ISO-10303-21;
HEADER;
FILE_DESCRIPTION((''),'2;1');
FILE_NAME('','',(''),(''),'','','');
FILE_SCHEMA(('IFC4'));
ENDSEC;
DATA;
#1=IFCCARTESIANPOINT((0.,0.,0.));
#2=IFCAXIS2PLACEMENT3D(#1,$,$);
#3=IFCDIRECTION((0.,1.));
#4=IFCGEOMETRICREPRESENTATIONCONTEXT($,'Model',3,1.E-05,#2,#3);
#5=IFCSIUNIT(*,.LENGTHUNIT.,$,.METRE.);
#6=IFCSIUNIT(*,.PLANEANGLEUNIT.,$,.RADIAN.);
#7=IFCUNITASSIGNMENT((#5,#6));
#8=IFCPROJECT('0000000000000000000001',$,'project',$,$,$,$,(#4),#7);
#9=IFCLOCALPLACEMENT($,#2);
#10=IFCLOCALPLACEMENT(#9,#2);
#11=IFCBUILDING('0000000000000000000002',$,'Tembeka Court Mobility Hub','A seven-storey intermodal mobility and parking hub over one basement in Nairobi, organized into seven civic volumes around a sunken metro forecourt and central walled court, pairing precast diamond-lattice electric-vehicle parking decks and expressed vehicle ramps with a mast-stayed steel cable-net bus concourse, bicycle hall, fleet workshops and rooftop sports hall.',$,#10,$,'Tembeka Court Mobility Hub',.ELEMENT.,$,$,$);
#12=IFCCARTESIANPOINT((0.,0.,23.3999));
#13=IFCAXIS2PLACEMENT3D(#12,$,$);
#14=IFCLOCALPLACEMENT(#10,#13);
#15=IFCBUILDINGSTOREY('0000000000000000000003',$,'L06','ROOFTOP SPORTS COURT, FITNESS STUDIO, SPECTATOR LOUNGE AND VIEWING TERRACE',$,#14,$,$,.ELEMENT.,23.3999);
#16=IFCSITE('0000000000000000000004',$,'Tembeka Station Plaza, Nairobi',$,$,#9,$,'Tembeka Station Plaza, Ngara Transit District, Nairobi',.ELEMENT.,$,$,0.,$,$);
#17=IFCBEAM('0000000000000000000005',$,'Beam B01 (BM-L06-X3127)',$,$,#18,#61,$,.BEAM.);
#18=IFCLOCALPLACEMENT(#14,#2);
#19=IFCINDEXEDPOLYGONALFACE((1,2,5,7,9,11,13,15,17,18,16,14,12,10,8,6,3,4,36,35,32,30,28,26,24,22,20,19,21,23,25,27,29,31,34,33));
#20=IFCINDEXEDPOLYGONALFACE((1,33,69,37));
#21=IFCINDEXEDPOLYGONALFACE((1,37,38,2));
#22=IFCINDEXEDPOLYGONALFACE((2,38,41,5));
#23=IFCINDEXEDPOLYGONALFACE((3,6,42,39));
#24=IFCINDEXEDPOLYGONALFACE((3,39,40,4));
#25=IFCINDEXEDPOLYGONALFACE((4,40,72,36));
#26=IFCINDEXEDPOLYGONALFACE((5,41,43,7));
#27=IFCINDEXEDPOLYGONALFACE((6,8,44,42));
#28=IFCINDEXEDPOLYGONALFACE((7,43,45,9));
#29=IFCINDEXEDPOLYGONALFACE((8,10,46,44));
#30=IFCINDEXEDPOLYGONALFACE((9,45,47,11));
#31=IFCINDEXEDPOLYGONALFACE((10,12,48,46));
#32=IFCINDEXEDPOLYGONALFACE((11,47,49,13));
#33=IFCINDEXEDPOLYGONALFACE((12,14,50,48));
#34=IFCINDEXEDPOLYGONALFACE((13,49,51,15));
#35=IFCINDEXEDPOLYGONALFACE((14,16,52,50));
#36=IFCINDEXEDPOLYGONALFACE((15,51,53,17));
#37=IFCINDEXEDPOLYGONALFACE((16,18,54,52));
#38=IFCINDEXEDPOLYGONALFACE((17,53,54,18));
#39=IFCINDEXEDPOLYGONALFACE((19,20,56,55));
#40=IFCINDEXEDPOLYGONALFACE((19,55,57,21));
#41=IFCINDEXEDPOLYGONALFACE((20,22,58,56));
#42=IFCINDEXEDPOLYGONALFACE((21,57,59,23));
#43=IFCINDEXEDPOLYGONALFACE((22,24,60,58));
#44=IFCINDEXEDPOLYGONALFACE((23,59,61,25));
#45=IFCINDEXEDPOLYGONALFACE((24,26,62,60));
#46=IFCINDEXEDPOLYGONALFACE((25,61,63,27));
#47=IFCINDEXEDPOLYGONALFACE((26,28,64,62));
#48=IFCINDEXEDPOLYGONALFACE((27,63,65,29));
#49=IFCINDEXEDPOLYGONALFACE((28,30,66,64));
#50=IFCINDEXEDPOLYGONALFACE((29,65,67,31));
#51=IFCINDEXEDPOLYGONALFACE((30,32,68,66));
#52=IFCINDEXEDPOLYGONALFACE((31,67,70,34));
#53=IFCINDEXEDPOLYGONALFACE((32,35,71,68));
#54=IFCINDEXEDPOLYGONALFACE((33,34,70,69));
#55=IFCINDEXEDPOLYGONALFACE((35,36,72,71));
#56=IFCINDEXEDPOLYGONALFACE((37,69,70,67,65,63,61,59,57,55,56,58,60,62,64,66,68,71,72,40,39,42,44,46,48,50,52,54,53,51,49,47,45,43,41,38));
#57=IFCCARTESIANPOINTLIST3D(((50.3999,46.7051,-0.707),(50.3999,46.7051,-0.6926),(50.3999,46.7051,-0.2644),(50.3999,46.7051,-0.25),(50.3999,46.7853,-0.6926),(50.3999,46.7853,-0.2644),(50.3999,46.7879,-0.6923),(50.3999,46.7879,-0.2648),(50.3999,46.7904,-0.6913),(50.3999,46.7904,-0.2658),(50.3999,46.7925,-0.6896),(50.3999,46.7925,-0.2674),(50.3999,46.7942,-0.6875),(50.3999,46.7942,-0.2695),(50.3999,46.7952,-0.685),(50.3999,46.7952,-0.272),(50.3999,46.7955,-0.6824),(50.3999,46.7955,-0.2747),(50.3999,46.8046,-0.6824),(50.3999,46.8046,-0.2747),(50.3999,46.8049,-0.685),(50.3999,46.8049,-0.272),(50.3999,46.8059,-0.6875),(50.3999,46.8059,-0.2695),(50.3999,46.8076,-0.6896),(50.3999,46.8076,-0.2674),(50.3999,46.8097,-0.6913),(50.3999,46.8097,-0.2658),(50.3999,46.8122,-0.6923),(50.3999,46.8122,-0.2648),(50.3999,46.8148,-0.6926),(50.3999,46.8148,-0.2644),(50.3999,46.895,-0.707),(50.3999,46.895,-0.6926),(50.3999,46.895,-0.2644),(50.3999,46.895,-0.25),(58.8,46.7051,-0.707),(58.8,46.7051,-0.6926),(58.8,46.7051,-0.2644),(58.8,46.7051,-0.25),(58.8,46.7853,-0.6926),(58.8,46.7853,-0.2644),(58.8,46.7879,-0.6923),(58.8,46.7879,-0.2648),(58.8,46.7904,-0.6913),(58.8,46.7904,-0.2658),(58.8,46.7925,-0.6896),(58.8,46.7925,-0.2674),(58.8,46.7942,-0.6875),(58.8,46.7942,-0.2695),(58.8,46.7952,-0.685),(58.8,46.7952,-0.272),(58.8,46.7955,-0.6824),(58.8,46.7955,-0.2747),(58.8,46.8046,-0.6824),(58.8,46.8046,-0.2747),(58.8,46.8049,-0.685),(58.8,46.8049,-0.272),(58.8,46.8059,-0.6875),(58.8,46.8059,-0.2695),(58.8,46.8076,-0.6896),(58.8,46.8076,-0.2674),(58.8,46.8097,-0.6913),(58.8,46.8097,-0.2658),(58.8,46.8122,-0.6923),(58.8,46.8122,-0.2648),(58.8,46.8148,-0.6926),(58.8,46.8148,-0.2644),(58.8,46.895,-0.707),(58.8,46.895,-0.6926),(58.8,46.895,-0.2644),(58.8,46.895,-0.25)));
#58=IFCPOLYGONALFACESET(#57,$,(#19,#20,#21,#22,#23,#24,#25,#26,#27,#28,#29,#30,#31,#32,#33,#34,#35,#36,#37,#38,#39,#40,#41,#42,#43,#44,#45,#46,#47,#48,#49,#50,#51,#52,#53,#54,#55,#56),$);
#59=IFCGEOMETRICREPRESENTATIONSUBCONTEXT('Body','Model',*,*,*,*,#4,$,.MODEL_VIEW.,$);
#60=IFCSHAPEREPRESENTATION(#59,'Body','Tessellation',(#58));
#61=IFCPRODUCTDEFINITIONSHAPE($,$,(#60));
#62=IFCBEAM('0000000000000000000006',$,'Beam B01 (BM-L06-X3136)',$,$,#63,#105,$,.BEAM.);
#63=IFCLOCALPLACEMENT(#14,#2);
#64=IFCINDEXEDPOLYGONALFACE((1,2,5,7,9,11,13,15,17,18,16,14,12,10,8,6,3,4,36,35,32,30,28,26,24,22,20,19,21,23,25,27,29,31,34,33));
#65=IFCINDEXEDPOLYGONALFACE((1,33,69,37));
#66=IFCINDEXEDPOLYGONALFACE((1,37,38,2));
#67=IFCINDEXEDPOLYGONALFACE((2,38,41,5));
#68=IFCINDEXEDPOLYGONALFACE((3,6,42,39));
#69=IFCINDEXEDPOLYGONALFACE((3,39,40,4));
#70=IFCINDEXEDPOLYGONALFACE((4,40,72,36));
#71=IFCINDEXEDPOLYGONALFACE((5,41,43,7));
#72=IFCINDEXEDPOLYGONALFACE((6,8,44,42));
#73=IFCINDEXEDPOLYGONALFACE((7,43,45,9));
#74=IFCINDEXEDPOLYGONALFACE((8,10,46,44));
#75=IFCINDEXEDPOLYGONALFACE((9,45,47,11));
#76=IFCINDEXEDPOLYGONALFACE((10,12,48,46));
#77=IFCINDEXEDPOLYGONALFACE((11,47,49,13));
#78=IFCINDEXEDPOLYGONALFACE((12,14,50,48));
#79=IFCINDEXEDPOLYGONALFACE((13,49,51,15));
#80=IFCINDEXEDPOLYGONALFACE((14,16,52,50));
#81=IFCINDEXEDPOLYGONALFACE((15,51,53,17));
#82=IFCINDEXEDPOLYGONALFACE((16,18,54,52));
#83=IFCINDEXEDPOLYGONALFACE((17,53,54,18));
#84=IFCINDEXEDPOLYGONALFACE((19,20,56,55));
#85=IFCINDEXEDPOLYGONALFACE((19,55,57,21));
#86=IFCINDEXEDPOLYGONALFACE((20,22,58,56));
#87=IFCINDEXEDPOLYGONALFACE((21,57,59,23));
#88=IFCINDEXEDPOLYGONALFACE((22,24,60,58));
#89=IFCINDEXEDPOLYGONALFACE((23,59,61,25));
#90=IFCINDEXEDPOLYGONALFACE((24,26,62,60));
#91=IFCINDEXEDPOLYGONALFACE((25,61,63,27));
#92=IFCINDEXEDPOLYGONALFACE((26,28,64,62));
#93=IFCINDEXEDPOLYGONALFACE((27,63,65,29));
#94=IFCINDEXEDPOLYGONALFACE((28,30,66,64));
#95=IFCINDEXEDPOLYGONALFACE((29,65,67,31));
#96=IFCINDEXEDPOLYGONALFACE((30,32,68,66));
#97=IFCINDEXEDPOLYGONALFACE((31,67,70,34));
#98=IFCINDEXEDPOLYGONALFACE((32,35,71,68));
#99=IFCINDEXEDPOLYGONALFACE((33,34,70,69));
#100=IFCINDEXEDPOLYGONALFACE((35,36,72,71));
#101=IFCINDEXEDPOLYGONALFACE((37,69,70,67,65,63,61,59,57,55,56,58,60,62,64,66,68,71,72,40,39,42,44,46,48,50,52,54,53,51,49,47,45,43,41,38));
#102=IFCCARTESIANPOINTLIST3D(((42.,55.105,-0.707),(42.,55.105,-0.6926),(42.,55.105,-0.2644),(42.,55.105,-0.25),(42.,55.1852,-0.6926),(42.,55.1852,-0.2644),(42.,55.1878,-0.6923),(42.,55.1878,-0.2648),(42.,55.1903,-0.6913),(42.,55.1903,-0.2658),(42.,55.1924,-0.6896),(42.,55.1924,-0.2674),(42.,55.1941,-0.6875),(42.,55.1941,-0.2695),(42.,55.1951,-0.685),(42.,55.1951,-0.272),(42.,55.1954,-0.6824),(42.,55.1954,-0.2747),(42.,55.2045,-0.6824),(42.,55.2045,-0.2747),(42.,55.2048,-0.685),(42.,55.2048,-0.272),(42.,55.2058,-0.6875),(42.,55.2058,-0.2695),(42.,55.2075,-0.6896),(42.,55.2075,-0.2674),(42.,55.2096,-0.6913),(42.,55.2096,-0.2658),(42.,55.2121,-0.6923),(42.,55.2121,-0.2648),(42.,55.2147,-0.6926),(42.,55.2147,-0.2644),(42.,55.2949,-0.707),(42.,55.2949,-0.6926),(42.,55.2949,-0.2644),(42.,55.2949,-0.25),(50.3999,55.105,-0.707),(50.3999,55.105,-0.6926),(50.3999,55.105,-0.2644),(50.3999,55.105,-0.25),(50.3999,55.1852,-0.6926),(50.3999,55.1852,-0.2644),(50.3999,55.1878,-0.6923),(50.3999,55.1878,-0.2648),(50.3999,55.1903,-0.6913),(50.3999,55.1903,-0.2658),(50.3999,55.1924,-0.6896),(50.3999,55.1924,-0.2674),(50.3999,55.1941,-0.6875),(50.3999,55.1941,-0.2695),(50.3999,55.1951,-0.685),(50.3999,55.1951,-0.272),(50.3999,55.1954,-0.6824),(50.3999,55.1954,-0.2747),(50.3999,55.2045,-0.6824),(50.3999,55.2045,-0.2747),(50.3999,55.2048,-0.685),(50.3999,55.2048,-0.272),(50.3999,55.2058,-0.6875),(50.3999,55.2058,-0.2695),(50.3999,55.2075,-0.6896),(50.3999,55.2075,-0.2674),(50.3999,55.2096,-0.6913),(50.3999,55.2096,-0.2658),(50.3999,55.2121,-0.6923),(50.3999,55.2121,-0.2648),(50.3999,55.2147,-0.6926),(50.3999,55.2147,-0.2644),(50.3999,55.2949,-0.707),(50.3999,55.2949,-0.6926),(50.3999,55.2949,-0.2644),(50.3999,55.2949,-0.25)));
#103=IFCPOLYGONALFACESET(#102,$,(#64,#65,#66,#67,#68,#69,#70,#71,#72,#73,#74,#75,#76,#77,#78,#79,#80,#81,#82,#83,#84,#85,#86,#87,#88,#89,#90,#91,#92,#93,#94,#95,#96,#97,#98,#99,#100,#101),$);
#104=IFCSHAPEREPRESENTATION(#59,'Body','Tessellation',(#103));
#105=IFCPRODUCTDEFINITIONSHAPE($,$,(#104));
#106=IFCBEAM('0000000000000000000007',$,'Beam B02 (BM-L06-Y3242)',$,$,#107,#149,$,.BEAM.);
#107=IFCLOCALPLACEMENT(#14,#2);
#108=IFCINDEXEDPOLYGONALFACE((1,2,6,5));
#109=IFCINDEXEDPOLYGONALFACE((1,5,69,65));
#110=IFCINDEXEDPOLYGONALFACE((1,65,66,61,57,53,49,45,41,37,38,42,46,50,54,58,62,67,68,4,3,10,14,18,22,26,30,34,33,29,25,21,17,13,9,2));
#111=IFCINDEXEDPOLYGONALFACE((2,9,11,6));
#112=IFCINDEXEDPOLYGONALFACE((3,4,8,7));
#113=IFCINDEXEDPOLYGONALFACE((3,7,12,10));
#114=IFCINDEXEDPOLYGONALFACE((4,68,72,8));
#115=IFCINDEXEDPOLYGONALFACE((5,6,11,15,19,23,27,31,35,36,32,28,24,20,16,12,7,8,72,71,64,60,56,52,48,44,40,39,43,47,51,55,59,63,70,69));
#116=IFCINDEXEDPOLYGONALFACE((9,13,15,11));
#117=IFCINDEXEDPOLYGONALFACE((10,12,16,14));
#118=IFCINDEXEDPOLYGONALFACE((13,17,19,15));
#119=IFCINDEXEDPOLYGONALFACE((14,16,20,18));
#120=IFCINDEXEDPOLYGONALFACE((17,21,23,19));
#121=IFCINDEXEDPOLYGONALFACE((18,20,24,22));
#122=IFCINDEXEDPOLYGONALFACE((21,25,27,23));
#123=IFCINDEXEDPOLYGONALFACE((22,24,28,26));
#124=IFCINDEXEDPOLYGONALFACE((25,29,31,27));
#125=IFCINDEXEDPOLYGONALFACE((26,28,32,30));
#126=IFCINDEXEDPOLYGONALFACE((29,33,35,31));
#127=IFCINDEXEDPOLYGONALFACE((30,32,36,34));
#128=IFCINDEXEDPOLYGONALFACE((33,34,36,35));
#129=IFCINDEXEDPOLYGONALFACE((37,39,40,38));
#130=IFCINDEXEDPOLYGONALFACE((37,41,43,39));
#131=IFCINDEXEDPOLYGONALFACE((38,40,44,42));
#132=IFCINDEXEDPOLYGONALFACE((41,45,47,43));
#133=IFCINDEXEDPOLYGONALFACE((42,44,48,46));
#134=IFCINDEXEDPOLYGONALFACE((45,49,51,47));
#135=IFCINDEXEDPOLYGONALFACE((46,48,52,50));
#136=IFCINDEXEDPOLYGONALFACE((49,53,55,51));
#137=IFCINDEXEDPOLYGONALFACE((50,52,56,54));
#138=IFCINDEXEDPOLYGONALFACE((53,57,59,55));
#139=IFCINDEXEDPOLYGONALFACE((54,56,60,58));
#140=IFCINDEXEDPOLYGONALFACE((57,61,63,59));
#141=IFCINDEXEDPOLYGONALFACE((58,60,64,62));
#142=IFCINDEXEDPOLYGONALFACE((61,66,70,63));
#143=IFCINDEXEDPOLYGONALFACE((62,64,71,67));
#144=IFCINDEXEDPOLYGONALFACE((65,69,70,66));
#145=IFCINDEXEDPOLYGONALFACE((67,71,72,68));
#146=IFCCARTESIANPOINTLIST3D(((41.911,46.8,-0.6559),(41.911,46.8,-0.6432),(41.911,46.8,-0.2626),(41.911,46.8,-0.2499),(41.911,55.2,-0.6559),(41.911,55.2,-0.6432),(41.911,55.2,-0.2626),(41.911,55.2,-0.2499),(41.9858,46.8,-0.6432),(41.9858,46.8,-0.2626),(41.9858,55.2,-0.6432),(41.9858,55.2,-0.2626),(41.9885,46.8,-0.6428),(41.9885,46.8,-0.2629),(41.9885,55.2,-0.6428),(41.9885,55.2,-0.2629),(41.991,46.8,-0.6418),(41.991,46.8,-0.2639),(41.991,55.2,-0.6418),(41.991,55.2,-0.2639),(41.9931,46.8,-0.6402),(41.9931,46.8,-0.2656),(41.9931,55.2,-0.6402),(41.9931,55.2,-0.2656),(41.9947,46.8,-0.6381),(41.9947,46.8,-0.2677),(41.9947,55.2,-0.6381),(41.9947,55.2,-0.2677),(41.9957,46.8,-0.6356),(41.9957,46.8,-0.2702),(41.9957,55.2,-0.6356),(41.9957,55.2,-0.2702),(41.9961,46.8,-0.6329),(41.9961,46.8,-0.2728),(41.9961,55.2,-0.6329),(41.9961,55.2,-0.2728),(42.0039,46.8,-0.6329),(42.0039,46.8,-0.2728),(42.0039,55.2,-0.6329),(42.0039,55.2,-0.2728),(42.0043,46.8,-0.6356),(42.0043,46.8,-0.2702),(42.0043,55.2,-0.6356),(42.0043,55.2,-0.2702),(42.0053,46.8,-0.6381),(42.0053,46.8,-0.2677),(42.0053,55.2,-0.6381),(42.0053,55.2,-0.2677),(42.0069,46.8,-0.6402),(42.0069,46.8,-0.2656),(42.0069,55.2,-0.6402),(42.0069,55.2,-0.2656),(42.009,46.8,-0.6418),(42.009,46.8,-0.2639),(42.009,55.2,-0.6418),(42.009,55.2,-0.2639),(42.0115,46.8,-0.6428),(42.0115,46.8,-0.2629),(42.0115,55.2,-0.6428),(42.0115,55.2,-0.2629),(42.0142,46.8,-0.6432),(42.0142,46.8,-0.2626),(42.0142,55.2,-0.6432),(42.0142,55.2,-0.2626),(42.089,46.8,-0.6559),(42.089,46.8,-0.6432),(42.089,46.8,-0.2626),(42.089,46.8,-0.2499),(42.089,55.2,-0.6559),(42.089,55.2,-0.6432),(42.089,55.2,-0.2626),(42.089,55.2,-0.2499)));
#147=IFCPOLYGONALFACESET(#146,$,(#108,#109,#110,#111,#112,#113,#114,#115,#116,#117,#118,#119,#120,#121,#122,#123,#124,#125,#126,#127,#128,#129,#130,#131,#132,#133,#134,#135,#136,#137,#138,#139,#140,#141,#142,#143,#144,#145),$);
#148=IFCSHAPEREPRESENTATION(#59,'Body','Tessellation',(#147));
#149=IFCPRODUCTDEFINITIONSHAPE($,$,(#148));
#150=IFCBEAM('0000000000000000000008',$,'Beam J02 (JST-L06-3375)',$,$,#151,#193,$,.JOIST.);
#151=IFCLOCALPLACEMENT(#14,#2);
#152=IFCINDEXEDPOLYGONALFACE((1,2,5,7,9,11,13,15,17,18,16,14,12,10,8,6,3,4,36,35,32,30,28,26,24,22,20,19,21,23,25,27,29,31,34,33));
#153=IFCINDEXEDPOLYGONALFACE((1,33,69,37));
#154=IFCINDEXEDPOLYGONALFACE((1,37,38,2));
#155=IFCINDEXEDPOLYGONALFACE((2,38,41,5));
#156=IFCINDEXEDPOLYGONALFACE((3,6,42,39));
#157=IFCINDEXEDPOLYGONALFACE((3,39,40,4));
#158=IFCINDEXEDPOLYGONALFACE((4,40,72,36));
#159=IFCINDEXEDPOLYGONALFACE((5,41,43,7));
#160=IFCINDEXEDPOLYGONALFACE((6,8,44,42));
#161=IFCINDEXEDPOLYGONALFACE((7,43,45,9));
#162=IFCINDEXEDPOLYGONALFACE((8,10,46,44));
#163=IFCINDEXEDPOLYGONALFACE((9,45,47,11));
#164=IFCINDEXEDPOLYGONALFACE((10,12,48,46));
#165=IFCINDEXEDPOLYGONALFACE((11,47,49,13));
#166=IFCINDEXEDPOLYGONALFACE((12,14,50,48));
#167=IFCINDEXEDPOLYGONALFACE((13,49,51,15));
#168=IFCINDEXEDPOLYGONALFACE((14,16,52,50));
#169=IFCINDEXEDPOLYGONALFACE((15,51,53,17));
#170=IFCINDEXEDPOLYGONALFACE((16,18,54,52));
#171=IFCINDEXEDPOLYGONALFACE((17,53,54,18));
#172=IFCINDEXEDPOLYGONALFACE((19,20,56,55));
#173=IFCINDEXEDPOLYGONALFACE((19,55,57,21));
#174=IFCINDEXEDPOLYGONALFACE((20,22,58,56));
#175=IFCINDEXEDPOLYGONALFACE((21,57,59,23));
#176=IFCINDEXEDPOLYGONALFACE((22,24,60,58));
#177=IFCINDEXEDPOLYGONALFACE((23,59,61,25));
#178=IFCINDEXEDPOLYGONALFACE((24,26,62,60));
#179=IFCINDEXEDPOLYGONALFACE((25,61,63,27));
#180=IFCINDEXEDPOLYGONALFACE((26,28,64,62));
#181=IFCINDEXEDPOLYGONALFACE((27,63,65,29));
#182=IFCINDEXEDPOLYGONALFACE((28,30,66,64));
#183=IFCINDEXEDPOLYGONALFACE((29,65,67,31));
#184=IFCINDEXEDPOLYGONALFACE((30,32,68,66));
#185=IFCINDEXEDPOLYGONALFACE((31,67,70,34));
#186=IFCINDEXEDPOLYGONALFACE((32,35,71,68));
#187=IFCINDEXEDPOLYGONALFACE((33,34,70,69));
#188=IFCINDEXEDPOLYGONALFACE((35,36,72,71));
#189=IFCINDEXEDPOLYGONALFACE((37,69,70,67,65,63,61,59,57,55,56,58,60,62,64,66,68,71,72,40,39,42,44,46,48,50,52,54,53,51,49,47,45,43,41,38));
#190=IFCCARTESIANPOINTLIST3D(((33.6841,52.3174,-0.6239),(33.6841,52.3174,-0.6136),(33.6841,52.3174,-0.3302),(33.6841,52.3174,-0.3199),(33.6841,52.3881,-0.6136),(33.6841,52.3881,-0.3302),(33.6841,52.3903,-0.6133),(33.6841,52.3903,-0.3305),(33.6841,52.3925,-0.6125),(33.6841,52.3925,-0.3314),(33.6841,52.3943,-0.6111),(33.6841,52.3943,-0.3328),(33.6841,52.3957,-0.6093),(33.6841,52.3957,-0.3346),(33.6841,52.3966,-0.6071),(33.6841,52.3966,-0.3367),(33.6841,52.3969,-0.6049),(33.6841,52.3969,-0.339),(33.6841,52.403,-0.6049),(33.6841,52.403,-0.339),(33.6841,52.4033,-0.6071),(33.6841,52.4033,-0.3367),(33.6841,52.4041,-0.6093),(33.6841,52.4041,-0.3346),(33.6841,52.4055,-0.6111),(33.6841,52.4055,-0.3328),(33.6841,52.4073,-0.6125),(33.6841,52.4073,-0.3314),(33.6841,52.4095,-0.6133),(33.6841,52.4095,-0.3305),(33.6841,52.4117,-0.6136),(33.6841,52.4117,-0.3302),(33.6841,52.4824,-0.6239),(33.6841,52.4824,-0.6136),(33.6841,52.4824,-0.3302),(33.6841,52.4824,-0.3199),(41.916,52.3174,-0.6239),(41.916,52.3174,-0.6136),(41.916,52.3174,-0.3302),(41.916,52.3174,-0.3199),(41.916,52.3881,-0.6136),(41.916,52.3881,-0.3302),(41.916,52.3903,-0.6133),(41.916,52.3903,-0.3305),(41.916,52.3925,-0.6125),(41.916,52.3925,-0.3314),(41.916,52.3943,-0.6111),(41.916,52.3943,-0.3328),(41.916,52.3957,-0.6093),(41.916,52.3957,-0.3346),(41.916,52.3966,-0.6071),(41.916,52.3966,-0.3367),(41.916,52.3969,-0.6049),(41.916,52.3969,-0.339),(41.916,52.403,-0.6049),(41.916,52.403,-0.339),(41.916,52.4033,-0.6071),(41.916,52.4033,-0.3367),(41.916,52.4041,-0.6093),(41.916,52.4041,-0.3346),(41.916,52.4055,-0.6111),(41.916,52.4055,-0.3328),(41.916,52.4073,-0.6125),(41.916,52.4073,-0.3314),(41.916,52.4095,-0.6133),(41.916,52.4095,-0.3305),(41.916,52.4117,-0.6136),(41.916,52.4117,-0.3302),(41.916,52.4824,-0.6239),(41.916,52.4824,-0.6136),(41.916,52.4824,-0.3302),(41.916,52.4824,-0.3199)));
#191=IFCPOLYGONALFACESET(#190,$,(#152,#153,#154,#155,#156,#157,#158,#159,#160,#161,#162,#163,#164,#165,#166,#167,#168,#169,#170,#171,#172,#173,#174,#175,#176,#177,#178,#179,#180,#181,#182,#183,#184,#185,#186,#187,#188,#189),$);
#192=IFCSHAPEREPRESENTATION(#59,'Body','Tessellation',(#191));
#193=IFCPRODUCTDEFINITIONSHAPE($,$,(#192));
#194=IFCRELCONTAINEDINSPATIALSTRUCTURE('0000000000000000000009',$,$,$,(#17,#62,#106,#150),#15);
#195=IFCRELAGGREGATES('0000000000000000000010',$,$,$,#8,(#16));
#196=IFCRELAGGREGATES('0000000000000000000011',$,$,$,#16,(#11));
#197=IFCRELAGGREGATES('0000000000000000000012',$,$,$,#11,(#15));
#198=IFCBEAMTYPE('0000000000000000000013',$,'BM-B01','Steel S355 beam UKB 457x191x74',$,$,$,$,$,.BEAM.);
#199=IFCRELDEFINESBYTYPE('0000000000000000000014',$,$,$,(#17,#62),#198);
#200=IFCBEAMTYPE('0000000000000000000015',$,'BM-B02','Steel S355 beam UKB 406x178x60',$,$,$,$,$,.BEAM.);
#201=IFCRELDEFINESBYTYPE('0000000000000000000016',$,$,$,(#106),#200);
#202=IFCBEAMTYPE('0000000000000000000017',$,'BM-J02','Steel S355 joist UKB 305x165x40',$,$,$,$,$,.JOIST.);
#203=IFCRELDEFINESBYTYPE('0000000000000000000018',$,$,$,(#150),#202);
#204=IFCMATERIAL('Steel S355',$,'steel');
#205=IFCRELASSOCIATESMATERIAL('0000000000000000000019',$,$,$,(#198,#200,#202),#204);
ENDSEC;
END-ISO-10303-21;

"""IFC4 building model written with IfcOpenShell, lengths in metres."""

from ifc_helpers import new_model, si_unit, direction, frame, origin, origin_2d, place, context, subcontext, project, spatial, i_section, extrude, material, material_profile, profile_set, type_object, element, save


model = new_model("IFC4")

# Units and contexts
model_context = context("Model", 3, precision=1e-05, world=origin(), true_north=direction((0.0, 1.0)))
body_context = subcontext(model_context, "Body", "Model", "MODEL_VIEW")
ifc_project = project(units=[si_unit("LENGTHUNIT", "METRE"), si_unit("PLANEANGLEUNIT", "RADIAN")], contexts=[model_context])

# Site, building, storey
site_placement = place(None, origin())
site = spatial("IfcSite", under=ifc_project, at=site_placement, Name="Tembeka Station Plaza, Nairobi", LongName="Tembeka Station Plaza, Ngara Transit District, Nairobi", CompositionType="ELEMENT", RefElevation=0.0)
building_placement = place(site_placement, origin())
building = spatial("IfcBuilding", under=site, at=building_placement, Name="Tembeka Court Mobility Hub", Description="A seven-storey intermodal mobility and parking hub over one basement in Nairobi, organized into seven civic volumes around a sunken metro forecourt and central walled court, pairing precast diamond-lattice electric-vehicle parking decks and expressed vehicle ramps with a mast-stayed steel cable-net bus concourse, bicycle hall, fleet workshops and rooftop sports hall.", LongName="Tembeka Court Mobility Hub", CompositionType="ELEMENT")
storey_placement = place(building_placement, frame((0.0, 0.0, 23.3999)))
storey = spatial("IfcBuildingStorey", under=building, at=storey_placement, Name="L06", Description="ROOFTOP SPORTS COURT, FITNESS STUDIO, SPECTATOR LOUNGE AND VIEWING TERRACE", CompositionType="ELEMENT", Elevation=23.3999)

# Shared definitions
ifc_material_1 = material(Name="Steel S355", Category="steel")

# Beams
ifc_material_profile_1 = material_profile(ifc_material_1, i_section(OverallWidth=0.1899, OverallDepth=0.457, WebThickness=0.009, FlangeThickness=0.0144, FilletRadius=0.0103, at=origin_2d()), Name="UKB 457x191x74")
ifc_profile_set_1 = profile_set([ifc_material_profile_1], Name="Steel S355")
beam_type_1 = type_object("IfcBeamType", Name="BM-B01", Description="Steel S355 beam UKB 457x191x74", PredefinedType="BEAM", material=ifc_profile_set_1)
beam_1_placement = place(storey_placement, frame((50.3999, 46.8, -0.4785), z_axis=(1.0, 0.0, 0.0), x_axis=(0.0, 1.0, 0.0)))
element("IfcBeam", 1, at=beam_1_placement, inside=storey, type_object=beam_type_1, Name="Beam B01 (BM-L06-X3127)", PredefinedType="BEAM", context=body_context, shape_type="SweptSolid", body=[
    extrude(i_section(OverallWidth=0.1899, OverallDepth=0.457, WebThickness=0.009, FlangeThickness=0.0144, FilletRadius=0.0103, at=origin_2d()), origin(), (0.0, 0.0, 1.0), 8.4001),
])
beam_2_placement = place(storey_placement, frame((42.0, 55.2, -0.4785), z_axis=(1.0, 0.0, 0.0), x_axis=(0.0, 1.0, 0.0)))
element("IfcBeam", 2, at=beam_2_placement, inside=storey, type_object=beam_type_1, Name="Beam B01 (BM-L06-X3136)", PredefinedType="BEAM", context=body_context, shape_type="SweptSolid", body=[
    extrude(i_section(OverallWidth=0.1899, OverallDepth=0.457, WebThickness=0.009, FlangeThickness=0.0144, FilletRadius=0.0103, at=origin_2d()), origin(), (0.0, 0.0, 1.0), 8.3999),
])
ifc_material_profile_2 = material_profile(ifc_material_1, i_section(OverallWidth=0.178, OverallDepth=0.406, WebThickness=0.0078, FlangeThickness=0.0127, FilletRadius=0.0103, at=origin_2d()), Name="UKB 406x178x60")
ifc_profile_set_2 = profile_set([ifc_material_profile_2], Name="Steel S355")
beam_type_2 = type_object("IfcBeamType", Name="BM-B02", Description="Steel S355 beam UKB 406x178x60", PredefinedType="BEAM", material=ifc_profile_set_2)
beam_3_placement = place(storey_placement, frame((42.0, 46.8, -0.4529), z_axis=(0.0, 1.0, 0.0), x_axis=(-1.0, 0.0, 0.0)))
element("IfcBeam", 3, at=beam_3_placement, inside=storey, type_object=beam_type_2, Name="Beam B02 (BM-L06-Y3242)", PredefinedType="BEAM", context=body_context, shape_type="SweptSolid", body=[
    extrude(i_section(OverallWidth=0.178, OverallDepth=0.406, WebThickness=0.0078, FlangeThickness=0.0127, FilletRadius=0.0103, at=origin_2d()), origin(), (0.0, 0.0, 1.0), 8.3999),
])
ifc_material_profile_3 = material_profile(ifc_material_1, i_section(OverallWidth=0.165, OverallDepth=0.304, WebThickness=0.0061, FlangeThickness=0.0103, FilletRadius=0.0088, at=origin_2d()), Name="UKB 305x165x40")
ifc_profile_set_3 = profile_set([ifc_material_profile_3], Name="Steel S355")
beam_type_3 = type_object("IfcBeamType", Name="BM-J02", Description="Steel S355 joist UKB 305x165x40", PredefinedType="JOIST", material=ifc_profile_set_3)
for number, where, z_axis, x_axis, name in (
    (4, (33.6841, 52.3999, -0.4719), (1.0, 0.0, 0.0), (0.0, 1.0, 0.0), "Beam J02 (JST-L06-3375)"),
):
    element("IfcBeam", number, at=place(storey_placement, frame(where, z_axis=z_axis, x_axis=x_axis)), inside=storey, type_object=beam_type_3, Name=name, PredefinedType="JOIST", context=body_context, shape_type="SweptSolid", body=[
        extrude(i_section(OverallWidth=0.165, OverallDepth=0.304, WebThickness=0.0061, FlangeThickness=0.0103, FilletRadius=0.0088, at=origin_2d()), origin(), (0.0, 0.0, 1.0), 8.2319),
    ])

save(model, "model.ifc")
